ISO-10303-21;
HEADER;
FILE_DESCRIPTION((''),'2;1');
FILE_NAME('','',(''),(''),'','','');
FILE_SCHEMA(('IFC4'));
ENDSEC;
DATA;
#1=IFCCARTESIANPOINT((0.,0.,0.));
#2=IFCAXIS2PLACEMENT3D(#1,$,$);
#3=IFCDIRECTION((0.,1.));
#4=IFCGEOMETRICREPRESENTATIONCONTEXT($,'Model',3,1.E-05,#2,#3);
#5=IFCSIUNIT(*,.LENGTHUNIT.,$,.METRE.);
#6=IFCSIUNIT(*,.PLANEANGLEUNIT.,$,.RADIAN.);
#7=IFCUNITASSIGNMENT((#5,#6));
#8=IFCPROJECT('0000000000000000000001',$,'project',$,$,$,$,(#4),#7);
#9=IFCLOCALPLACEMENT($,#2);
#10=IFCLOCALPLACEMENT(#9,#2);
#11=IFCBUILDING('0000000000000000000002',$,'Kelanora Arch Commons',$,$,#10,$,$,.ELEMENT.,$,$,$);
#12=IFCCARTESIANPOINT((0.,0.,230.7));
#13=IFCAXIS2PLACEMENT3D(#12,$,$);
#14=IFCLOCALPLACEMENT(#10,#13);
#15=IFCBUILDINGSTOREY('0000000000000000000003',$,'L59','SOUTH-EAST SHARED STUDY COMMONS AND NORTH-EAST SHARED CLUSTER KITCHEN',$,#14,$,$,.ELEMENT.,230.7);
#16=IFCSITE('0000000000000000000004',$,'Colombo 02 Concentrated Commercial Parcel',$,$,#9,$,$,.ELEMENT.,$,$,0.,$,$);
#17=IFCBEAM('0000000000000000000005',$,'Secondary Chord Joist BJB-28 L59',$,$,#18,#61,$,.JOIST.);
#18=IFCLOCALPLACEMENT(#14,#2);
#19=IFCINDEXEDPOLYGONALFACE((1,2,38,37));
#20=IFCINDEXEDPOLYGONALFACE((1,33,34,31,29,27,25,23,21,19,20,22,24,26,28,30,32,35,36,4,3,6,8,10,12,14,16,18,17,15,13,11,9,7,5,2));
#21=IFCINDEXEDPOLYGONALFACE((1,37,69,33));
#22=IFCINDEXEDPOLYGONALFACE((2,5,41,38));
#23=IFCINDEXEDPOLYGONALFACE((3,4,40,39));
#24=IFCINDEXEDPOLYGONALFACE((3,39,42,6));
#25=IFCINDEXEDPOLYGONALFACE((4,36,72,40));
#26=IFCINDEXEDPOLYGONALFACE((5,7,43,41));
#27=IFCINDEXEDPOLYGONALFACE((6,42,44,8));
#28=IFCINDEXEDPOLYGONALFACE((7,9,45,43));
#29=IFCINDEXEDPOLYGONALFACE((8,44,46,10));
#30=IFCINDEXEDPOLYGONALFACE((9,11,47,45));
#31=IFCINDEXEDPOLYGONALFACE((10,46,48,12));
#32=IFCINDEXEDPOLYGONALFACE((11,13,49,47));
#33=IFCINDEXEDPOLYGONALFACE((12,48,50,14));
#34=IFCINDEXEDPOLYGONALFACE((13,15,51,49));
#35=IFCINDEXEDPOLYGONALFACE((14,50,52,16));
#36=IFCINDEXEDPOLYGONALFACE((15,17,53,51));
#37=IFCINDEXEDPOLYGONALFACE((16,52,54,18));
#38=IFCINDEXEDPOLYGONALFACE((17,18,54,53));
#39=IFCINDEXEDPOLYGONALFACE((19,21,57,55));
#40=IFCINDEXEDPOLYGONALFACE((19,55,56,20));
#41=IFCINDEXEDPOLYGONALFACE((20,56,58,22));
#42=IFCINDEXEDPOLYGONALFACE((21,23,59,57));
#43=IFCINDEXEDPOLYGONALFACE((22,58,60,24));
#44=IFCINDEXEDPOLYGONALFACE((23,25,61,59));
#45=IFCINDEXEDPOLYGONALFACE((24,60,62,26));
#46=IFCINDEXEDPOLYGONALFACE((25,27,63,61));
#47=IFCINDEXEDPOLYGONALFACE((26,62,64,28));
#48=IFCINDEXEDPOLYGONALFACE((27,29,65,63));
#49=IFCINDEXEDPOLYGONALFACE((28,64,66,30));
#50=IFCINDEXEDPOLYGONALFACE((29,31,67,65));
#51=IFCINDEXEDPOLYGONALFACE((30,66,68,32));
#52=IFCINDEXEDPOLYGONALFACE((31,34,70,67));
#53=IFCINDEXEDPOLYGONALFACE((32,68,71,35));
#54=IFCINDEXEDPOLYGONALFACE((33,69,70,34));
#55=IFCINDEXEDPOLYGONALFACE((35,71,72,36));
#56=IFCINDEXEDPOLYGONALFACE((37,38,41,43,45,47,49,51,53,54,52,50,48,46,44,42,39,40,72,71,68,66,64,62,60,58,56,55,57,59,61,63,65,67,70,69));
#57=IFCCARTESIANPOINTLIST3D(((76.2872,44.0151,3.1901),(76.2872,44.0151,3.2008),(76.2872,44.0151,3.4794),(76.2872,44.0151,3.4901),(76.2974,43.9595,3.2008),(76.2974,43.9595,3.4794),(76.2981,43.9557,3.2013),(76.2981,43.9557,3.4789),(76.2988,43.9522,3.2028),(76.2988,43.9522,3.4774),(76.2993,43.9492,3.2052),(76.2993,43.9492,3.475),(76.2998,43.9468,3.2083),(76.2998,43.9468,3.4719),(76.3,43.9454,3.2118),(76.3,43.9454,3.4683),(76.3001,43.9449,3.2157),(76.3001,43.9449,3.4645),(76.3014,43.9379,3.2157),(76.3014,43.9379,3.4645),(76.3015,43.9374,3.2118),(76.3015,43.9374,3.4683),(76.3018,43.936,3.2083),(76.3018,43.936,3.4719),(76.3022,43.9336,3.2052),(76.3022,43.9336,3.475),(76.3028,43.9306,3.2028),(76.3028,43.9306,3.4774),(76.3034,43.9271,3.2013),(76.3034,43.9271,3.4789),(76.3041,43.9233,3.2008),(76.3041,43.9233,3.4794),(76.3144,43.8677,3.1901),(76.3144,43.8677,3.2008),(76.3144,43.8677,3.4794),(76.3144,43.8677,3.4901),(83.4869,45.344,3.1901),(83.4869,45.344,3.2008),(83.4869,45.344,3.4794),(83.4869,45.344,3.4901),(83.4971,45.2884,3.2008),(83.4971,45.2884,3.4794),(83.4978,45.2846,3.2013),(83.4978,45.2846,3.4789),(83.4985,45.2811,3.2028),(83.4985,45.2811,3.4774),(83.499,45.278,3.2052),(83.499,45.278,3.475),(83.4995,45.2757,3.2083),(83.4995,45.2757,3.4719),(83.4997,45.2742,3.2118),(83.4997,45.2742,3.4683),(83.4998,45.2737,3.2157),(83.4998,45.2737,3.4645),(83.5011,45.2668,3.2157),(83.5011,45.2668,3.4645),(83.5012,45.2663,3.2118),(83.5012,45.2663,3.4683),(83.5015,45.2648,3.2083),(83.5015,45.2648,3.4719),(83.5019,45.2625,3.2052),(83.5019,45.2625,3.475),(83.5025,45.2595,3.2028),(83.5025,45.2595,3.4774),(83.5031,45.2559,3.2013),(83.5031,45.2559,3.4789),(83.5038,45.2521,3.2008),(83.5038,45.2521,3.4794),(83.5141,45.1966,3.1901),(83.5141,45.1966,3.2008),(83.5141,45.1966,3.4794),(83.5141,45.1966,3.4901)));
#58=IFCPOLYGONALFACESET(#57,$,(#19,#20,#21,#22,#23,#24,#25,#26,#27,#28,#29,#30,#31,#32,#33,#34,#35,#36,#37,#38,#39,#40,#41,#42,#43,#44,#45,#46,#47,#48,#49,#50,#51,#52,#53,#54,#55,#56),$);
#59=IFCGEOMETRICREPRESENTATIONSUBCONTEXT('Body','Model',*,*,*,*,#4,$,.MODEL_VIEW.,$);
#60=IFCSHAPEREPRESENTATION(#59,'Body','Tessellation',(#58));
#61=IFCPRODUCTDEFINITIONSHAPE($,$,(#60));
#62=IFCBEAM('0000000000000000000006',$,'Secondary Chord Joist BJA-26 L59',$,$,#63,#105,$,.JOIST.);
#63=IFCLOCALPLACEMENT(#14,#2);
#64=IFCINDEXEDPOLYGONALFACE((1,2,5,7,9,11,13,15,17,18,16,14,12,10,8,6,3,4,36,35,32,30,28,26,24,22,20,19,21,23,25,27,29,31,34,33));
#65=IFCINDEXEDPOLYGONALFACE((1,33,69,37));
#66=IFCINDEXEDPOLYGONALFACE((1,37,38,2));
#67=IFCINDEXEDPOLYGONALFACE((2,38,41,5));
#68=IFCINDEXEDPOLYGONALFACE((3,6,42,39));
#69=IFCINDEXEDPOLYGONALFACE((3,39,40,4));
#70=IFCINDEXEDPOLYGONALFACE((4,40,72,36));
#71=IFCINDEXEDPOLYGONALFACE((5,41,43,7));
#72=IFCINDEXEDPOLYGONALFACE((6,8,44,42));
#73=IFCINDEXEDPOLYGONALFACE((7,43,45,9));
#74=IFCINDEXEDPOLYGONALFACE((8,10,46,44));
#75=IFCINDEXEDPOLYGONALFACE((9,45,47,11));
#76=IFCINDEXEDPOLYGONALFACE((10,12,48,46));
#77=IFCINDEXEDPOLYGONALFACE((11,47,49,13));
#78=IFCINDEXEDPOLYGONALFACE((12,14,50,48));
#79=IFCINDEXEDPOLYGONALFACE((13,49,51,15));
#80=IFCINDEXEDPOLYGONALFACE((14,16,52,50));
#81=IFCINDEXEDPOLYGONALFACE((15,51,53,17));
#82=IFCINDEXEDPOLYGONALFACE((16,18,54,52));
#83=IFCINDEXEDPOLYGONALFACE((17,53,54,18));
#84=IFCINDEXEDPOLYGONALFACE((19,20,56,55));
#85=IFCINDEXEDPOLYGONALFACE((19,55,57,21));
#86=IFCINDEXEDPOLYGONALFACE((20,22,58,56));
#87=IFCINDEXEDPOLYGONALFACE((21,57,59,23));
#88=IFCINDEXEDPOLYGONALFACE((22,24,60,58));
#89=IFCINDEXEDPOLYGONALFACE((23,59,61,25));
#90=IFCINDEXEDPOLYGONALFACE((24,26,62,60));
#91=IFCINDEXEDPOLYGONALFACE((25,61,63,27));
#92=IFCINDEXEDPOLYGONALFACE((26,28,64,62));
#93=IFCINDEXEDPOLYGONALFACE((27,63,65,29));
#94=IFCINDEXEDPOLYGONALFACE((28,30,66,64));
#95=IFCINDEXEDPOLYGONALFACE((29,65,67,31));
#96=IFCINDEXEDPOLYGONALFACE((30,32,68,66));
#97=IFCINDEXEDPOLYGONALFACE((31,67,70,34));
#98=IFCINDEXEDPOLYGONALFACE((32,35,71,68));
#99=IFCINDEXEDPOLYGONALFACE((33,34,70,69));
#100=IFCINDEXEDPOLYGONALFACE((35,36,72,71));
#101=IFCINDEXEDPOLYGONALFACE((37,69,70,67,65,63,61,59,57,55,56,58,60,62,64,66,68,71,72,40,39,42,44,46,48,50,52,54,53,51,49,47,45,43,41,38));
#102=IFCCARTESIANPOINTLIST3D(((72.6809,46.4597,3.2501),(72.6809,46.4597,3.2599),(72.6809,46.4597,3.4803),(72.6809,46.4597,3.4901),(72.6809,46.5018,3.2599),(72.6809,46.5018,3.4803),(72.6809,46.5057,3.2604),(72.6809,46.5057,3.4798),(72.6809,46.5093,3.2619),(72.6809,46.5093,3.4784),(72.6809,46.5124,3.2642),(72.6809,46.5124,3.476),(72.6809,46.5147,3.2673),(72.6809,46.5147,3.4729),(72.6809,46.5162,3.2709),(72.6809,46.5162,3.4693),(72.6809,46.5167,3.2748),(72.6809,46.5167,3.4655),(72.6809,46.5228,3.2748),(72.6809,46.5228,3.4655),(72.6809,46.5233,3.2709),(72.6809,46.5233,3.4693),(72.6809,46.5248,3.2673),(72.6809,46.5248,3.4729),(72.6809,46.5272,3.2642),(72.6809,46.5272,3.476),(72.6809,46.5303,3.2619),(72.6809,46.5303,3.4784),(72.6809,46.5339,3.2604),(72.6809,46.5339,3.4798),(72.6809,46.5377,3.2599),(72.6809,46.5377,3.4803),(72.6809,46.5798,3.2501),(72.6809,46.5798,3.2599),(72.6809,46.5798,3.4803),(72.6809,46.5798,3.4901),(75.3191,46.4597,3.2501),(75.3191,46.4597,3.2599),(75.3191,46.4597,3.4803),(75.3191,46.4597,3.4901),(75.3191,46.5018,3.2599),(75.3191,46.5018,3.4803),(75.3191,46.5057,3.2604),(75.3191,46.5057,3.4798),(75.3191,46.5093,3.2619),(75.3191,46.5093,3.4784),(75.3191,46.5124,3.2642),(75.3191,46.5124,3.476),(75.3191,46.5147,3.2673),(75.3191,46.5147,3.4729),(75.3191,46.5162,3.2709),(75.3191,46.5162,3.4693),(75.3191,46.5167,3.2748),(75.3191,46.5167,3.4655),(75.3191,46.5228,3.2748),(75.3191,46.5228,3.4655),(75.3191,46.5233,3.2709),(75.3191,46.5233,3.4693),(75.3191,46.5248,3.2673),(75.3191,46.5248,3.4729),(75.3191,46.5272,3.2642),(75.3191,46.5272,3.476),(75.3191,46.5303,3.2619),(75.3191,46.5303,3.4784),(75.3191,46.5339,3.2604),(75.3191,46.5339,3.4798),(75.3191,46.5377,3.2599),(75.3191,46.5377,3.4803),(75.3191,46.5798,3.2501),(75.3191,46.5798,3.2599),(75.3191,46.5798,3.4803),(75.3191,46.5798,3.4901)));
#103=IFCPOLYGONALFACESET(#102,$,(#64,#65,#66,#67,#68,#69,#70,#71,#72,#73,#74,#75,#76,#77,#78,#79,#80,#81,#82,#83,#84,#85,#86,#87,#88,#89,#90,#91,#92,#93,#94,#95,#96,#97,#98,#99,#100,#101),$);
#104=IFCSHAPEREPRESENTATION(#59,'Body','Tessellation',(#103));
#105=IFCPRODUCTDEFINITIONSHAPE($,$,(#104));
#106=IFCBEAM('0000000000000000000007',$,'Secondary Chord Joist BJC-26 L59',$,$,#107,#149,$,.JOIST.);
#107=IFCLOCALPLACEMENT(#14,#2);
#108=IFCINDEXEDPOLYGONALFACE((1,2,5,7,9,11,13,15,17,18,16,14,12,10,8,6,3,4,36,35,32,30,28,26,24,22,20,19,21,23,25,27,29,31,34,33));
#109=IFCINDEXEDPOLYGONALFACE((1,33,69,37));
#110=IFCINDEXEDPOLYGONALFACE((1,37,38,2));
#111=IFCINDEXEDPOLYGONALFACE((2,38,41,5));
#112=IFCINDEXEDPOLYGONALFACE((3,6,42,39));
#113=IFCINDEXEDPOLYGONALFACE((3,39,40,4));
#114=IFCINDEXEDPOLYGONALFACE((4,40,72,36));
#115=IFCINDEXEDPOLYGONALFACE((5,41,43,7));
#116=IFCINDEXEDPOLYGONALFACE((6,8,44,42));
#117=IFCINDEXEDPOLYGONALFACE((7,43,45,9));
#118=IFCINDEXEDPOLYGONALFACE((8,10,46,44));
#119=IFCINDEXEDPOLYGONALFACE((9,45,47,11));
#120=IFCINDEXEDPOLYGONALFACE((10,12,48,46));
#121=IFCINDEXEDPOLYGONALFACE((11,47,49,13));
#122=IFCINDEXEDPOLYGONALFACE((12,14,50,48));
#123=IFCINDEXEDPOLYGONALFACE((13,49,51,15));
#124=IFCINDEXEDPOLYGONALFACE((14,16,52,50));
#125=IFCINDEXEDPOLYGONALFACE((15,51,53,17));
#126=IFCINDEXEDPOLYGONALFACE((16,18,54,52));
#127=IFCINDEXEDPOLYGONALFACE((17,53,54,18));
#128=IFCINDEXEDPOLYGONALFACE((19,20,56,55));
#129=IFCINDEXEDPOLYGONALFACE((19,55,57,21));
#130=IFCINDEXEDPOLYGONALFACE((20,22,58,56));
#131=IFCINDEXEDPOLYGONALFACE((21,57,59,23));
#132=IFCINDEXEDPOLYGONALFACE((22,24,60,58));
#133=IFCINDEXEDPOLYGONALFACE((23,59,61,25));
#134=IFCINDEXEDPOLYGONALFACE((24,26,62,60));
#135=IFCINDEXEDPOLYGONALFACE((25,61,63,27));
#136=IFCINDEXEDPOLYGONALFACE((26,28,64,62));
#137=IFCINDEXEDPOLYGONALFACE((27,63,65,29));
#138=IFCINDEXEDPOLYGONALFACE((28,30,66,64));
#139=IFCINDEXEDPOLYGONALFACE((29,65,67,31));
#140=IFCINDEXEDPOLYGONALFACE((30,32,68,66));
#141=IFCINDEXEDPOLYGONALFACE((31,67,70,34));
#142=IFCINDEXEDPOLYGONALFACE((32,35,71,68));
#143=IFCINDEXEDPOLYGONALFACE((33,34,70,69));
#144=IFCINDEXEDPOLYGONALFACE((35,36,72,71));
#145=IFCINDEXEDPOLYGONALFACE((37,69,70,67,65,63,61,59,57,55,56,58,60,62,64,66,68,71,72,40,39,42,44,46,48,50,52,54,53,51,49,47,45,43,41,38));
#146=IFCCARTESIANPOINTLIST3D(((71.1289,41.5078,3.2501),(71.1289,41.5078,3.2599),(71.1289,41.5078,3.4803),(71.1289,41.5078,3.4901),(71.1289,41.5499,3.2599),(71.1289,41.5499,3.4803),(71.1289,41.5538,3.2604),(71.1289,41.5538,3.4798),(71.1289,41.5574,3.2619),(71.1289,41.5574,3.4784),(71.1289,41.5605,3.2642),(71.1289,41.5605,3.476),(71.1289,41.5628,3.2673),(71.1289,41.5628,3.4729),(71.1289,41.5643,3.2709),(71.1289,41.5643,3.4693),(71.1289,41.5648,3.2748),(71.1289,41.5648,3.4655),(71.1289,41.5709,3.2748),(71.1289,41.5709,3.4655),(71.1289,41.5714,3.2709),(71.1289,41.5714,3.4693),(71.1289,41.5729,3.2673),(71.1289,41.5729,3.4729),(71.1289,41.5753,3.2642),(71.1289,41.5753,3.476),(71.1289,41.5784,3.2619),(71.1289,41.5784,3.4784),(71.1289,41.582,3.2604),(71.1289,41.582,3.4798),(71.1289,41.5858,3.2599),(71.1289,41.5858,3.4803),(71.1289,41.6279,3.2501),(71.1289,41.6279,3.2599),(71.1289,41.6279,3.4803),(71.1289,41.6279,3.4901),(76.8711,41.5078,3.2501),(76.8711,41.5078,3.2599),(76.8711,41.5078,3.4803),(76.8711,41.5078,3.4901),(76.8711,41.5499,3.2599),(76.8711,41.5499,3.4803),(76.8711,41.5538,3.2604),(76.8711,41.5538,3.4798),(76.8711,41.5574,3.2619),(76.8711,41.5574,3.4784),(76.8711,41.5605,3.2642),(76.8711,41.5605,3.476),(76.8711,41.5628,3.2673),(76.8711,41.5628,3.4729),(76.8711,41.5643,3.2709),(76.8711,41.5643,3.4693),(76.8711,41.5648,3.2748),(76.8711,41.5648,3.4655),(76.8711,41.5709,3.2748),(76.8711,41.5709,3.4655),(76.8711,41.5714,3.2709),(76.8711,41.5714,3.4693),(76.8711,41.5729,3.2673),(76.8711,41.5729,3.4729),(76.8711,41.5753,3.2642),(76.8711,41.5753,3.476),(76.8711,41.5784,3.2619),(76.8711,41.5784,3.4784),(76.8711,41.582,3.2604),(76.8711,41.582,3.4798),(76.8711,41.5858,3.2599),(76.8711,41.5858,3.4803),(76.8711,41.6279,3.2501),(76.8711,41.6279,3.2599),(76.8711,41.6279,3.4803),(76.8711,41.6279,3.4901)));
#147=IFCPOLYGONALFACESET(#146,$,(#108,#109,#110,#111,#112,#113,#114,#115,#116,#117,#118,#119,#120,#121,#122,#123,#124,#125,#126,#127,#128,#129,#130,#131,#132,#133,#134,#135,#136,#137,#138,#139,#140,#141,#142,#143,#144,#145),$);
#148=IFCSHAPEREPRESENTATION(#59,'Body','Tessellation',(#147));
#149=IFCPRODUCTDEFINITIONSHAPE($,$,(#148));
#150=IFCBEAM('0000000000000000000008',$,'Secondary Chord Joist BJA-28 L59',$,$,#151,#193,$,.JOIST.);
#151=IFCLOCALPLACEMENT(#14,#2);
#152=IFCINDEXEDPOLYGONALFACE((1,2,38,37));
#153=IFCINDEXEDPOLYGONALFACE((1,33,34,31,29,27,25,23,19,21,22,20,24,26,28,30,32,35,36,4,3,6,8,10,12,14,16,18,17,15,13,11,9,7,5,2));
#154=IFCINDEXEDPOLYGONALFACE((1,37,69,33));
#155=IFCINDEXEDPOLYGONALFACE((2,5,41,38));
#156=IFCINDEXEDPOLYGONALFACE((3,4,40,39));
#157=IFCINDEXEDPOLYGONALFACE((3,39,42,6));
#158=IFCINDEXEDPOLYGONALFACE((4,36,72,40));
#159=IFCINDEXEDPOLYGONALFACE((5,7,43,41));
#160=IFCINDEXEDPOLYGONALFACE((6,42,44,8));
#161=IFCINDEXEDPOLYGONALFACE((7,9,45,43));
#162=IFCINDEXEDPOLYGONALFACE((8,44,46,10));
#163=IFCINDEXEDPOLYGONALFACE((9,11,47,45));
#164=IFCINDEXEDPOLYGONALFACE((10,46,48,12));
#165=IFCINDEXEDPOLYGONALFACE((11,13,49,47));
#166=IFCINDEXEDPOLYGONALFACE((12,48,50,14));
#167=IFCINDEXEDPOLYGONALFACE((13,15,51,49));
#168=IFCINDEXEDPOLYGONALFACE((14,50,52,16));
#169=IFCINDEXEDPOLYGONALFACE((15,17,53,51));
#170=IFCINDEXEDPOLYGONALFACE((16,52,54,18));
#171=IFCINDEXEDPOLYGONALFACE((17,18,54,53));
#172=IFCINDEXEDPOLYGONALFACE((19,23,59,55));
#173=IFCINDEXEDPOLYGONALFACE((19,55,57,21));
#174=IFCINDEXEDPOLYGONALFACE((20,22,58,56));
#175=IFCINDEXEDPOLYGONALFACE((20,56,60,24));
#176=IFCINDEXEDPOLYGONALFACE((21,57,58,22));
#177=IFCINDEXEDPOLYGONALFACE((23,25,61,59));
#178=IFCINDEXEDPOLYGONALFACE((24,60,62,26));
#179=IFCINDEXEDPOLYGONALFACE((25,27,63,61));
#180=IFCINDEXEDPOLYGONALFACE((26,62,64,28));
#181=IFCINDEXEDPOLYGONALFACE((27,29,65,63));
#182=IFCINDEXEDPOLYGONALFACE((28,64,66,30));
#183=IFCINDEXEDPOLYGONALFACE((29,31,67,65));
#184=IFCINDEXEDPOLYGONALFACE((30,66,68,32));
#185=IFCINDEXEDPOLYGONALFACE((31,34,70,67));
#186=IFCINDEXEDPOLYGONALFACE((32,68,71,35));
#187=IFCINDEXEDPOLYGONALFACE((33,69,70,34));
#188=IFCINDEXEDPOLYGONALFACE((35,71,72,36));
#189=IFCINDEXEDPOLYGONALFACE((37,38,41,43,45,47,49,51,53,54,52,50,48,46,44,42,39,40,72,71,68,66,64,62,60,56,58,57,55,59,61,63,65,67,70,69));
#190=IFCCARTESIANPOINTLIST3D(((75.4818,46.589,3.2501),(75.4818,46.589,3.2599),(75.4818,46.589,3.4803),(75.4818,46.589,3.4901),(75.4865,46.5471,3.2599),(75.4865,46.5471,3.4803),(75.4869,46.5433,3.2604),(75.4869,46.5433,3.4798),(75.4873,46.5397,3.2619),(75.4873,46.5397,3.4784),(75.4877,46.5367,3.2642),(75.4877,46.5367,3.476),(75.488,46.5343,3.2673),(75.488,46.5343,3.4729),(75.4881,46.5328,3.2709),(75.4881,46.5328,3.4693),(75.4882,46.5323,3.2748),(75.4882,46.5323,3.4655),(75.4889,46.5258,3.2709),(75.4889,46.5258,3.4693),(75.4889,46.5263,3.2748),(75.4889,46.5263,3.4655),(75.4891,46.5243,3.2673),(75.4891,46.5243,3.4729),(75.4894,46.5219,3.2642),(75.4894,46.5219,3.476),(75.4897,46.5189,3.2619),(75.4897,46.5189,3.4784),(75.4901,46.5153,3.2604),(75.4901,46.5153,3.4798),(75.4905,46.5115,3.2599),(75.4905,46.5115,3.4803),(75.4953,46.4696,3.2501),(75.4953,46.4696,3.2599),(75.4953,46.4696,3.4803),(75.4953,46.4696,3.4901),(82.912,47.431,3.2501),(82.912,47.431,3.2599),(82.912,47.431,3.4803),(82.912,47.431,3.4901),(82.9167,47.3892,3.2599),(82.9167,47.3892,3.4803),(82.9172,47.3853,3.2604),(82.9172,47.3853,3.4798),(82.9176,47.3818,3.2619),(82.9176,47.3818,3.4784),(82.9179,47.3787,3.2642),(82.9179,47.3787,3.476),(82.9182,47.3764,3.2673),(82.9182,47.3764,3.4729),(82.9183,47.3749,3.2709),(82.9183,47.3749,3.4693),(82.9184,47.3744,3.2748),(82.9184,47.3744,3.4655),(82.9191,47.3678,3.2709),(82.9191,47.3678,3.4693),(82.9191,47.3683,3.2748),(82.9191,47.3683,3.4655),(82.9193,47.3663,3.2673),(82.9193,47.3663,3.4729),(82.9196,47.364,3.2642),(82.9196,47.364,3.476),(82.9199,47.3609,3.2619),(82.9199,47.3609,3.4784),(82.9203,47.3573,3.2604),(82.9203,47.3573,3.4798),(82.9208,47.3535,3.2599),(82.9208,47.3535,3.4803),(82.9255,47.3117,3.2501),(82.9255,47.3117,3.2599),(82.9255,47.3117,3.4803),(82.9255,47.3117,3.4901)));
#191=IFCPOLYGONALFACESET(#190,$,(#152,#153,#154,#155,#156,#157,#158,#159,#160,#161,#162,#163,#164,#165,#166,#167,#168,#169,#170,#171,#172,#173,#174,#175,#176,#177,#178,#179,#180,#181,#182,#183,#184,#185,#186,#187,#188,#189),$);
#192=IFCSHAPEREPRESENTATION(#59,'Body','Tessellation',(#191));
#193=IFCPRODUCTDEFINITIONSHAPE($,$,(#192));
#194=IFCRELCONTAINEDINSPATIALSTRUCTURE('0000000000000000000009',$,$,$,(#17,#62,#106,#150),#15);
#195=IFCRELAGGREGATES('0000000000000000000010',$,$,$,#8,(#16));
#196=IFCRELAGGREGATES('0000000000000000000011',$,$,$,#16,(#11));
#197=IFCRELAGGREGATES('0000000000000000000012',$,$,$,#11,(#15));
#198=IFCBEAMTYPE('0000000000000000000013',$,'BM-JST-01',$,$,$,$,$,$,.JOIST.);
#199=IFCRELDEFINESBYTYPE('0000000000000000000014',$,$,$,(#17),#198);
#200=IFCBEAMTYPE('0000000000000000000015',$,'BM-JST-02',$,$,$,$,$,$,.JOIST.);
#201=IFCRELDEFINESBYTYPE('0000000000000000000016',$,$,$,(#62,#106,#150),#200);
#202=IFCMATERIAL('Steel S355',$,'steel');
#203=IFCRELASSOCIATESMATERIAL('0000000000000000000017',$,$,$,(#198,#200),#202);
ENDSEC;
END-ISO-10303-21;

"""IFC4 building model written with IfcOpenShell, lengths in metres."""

from ifc_helpers import new_model, si_unit, direction, frame, origin, origin_2d, place, context, subcontext, project, spatial, i_section, extrude, material, material_profile, profile_set, type_object, element, save


model = new_model("IFC4")

# Units and contexts
model_context = context("Model", 3, precision=1e-05, world=origin(), true_north=direction((0.0, 1.0)))
body_context = subcontext(model_context, "Body", "Model", "MODEL_VIEW")
ifc_project = project(units=[si_unit("LENGTHUNIT", "METRE"), si_unit("PLANEANGLEUNIT", "RADIAN")], contexts=[model_context])

# Site, building, storey
site_placement = place(None, origin())
site = spatial("IfcSite", under=ifc_project, at=site_placement, Name="Colombo 02 Concentrated Commercial Parcel", CompositionType="ELEMENT", RefElevation=0.0)
building_placement = place(site_placement, origin())
building = spatial("IfcBuilding", under=site, at=building_placement, Name="Kelanora Arch Commons", CompositionType="ELEMENT")
storey_placement = place(building_placement, frame((0.0, 0.0, 230.7)))
storey = spatial("IfcBuildingStorey", under=building, at=storey_placement, Name="L59", Description="SOUTH-EAST SHARED STUDY COMMONS AND NORTH-EAST SHARED CLUSTER KITCHEN", CompositionType="ELEMENT", Elevation=230.7)

# Beams
ifc_material_1 = material(Name="Steel S355", Category="steel")
ifc_material_profile_1 = material_profile(ifc_material_1, i_section(OverallWidth=0.1499, OverallDepth=0.3, WebThickness=0.0071, FlangeThickness=0.0107, FilletRadius=0.0149, at=origin_2d()), Name="IPE300")
ifc_profile_set_1 = profile_set([ifc_material_profile_1], Name="Steel S355")
beam_type_1 = type_object("IfcBeamType", Name="BM-JST-01", PredefinedType="JOIST", material=ifc_profile_set_1)
beam_1_placement = place(storey_placement, frame((76.3008, 43.9414, 3.3401), z_axis=(0.98339, 0.181505, 0.0), x_axis=(-0.181505, 0.98339, 0.0)))
element("IfcBeam", 1, at=beam_1_placement, inside=storey, type_object=beam_type_1, Name="Secondary Chord Joist BJB-28 L59", PredefinedType="JOIST", context=body_context, shape_type="SweptSolid", body=[
    extrude(i_section(OverallWidth=0.1499, OverallDepth=0.3, WebThickness=0.0071, FlangeThickness=0.0107, FilletRadius=0.0149, at=origin_2d()), origin(), (0.0, 0.0, 1.0), 7.3213),
])
ifc_material_profile_2 = material_profile(ifc_material_1, i_section(OverallWidth=0.1201, OverallDepth=0.24, WebThickness=0.0061, FlangeThickness=0.0098, FilletRadius=0.0149, at=origin_2d()), Name="IPE240")
ifc_profile_set_2 = profile_set([ifc_material_profile_2], Name="Steel S355")
beam_type_2 = type_object("IfcBeamType", Name="BM-JST-02", PredefinedType="JOIST", material=ifc_profile_set_2)
beam_2_placement = place(storey_placement, frame((72.6809, 46.5198, 3.3701), z_axis=(1.0, 0.0, 0.0), x_axis=(0.0, 1.0, 0.0)))
element("IfcBeam", 2, at=beam_2_placement, inside=storey, type_object=beam_type_2, Name="Secondary Chord Joist BJA-26 L59", PredefinedType="JOIST", context=body_context, shape_type="SweptSolid", body=[
    extrude(i_section(OverallWidth=0.1201, OverallDepth=0.24, WebThickness=0.0061, FlangeThickness=0.0098, FilletRadius=0.0149, at=origin_2d()), origin(), (0.0, 0.0, 1.0), 2.6382),
])
beam_3_placement = place(storey_placement, frame((71.1289, 41.5679, 3.3701), z_axis=(1.0, 0.0, 0.0), x_axis=(0.0, 1.0, 0.0)))
element("IfcBeam", 3, at=beam_3_placement, inside=storey, type_object=beam_type_2, Name="Secondary Chord Joist BJC-26 L59", PredefinedType="JOIST", context=body_context, shape_type="SweptSolid", body=[
    extrude(i_section(OverallWidth=0.1201, OverallDepth=0.24, WebThickness=0.0061, FlangeThickness=0.0098, FilletRadius=0.0149, at=origin_2d()), origin(), (0.0, 0.0, 1.0), 5.7422),
])
beam_4_placement = place(storey_placement, frame((75.4885, 46.5293, 3.3701), z_axis=(0.99364, 0.112606, 0.0), x_axis=(-0.112606, 0.99364, 0.0)))
element("IfcBeam", 4, at=beam_4_placement, inside=storey, type_object=beam_type_2, Name="Secondary Chord Joist BJA-28 L59", PredefinedType="JOIST", context=body_context, shape_type="SweptSolid", body=[
    extrude(i_section(OverallWidth=0.1201, OverallDepth=0.24, WebThickness=0.0061, FlangeThickness=0.0098, FilletRadius=0.0149, at=origin_2d()), origin(), (0.0, 0.0, 1.0), 7.4778),
])

save(model, "model.ifc")
